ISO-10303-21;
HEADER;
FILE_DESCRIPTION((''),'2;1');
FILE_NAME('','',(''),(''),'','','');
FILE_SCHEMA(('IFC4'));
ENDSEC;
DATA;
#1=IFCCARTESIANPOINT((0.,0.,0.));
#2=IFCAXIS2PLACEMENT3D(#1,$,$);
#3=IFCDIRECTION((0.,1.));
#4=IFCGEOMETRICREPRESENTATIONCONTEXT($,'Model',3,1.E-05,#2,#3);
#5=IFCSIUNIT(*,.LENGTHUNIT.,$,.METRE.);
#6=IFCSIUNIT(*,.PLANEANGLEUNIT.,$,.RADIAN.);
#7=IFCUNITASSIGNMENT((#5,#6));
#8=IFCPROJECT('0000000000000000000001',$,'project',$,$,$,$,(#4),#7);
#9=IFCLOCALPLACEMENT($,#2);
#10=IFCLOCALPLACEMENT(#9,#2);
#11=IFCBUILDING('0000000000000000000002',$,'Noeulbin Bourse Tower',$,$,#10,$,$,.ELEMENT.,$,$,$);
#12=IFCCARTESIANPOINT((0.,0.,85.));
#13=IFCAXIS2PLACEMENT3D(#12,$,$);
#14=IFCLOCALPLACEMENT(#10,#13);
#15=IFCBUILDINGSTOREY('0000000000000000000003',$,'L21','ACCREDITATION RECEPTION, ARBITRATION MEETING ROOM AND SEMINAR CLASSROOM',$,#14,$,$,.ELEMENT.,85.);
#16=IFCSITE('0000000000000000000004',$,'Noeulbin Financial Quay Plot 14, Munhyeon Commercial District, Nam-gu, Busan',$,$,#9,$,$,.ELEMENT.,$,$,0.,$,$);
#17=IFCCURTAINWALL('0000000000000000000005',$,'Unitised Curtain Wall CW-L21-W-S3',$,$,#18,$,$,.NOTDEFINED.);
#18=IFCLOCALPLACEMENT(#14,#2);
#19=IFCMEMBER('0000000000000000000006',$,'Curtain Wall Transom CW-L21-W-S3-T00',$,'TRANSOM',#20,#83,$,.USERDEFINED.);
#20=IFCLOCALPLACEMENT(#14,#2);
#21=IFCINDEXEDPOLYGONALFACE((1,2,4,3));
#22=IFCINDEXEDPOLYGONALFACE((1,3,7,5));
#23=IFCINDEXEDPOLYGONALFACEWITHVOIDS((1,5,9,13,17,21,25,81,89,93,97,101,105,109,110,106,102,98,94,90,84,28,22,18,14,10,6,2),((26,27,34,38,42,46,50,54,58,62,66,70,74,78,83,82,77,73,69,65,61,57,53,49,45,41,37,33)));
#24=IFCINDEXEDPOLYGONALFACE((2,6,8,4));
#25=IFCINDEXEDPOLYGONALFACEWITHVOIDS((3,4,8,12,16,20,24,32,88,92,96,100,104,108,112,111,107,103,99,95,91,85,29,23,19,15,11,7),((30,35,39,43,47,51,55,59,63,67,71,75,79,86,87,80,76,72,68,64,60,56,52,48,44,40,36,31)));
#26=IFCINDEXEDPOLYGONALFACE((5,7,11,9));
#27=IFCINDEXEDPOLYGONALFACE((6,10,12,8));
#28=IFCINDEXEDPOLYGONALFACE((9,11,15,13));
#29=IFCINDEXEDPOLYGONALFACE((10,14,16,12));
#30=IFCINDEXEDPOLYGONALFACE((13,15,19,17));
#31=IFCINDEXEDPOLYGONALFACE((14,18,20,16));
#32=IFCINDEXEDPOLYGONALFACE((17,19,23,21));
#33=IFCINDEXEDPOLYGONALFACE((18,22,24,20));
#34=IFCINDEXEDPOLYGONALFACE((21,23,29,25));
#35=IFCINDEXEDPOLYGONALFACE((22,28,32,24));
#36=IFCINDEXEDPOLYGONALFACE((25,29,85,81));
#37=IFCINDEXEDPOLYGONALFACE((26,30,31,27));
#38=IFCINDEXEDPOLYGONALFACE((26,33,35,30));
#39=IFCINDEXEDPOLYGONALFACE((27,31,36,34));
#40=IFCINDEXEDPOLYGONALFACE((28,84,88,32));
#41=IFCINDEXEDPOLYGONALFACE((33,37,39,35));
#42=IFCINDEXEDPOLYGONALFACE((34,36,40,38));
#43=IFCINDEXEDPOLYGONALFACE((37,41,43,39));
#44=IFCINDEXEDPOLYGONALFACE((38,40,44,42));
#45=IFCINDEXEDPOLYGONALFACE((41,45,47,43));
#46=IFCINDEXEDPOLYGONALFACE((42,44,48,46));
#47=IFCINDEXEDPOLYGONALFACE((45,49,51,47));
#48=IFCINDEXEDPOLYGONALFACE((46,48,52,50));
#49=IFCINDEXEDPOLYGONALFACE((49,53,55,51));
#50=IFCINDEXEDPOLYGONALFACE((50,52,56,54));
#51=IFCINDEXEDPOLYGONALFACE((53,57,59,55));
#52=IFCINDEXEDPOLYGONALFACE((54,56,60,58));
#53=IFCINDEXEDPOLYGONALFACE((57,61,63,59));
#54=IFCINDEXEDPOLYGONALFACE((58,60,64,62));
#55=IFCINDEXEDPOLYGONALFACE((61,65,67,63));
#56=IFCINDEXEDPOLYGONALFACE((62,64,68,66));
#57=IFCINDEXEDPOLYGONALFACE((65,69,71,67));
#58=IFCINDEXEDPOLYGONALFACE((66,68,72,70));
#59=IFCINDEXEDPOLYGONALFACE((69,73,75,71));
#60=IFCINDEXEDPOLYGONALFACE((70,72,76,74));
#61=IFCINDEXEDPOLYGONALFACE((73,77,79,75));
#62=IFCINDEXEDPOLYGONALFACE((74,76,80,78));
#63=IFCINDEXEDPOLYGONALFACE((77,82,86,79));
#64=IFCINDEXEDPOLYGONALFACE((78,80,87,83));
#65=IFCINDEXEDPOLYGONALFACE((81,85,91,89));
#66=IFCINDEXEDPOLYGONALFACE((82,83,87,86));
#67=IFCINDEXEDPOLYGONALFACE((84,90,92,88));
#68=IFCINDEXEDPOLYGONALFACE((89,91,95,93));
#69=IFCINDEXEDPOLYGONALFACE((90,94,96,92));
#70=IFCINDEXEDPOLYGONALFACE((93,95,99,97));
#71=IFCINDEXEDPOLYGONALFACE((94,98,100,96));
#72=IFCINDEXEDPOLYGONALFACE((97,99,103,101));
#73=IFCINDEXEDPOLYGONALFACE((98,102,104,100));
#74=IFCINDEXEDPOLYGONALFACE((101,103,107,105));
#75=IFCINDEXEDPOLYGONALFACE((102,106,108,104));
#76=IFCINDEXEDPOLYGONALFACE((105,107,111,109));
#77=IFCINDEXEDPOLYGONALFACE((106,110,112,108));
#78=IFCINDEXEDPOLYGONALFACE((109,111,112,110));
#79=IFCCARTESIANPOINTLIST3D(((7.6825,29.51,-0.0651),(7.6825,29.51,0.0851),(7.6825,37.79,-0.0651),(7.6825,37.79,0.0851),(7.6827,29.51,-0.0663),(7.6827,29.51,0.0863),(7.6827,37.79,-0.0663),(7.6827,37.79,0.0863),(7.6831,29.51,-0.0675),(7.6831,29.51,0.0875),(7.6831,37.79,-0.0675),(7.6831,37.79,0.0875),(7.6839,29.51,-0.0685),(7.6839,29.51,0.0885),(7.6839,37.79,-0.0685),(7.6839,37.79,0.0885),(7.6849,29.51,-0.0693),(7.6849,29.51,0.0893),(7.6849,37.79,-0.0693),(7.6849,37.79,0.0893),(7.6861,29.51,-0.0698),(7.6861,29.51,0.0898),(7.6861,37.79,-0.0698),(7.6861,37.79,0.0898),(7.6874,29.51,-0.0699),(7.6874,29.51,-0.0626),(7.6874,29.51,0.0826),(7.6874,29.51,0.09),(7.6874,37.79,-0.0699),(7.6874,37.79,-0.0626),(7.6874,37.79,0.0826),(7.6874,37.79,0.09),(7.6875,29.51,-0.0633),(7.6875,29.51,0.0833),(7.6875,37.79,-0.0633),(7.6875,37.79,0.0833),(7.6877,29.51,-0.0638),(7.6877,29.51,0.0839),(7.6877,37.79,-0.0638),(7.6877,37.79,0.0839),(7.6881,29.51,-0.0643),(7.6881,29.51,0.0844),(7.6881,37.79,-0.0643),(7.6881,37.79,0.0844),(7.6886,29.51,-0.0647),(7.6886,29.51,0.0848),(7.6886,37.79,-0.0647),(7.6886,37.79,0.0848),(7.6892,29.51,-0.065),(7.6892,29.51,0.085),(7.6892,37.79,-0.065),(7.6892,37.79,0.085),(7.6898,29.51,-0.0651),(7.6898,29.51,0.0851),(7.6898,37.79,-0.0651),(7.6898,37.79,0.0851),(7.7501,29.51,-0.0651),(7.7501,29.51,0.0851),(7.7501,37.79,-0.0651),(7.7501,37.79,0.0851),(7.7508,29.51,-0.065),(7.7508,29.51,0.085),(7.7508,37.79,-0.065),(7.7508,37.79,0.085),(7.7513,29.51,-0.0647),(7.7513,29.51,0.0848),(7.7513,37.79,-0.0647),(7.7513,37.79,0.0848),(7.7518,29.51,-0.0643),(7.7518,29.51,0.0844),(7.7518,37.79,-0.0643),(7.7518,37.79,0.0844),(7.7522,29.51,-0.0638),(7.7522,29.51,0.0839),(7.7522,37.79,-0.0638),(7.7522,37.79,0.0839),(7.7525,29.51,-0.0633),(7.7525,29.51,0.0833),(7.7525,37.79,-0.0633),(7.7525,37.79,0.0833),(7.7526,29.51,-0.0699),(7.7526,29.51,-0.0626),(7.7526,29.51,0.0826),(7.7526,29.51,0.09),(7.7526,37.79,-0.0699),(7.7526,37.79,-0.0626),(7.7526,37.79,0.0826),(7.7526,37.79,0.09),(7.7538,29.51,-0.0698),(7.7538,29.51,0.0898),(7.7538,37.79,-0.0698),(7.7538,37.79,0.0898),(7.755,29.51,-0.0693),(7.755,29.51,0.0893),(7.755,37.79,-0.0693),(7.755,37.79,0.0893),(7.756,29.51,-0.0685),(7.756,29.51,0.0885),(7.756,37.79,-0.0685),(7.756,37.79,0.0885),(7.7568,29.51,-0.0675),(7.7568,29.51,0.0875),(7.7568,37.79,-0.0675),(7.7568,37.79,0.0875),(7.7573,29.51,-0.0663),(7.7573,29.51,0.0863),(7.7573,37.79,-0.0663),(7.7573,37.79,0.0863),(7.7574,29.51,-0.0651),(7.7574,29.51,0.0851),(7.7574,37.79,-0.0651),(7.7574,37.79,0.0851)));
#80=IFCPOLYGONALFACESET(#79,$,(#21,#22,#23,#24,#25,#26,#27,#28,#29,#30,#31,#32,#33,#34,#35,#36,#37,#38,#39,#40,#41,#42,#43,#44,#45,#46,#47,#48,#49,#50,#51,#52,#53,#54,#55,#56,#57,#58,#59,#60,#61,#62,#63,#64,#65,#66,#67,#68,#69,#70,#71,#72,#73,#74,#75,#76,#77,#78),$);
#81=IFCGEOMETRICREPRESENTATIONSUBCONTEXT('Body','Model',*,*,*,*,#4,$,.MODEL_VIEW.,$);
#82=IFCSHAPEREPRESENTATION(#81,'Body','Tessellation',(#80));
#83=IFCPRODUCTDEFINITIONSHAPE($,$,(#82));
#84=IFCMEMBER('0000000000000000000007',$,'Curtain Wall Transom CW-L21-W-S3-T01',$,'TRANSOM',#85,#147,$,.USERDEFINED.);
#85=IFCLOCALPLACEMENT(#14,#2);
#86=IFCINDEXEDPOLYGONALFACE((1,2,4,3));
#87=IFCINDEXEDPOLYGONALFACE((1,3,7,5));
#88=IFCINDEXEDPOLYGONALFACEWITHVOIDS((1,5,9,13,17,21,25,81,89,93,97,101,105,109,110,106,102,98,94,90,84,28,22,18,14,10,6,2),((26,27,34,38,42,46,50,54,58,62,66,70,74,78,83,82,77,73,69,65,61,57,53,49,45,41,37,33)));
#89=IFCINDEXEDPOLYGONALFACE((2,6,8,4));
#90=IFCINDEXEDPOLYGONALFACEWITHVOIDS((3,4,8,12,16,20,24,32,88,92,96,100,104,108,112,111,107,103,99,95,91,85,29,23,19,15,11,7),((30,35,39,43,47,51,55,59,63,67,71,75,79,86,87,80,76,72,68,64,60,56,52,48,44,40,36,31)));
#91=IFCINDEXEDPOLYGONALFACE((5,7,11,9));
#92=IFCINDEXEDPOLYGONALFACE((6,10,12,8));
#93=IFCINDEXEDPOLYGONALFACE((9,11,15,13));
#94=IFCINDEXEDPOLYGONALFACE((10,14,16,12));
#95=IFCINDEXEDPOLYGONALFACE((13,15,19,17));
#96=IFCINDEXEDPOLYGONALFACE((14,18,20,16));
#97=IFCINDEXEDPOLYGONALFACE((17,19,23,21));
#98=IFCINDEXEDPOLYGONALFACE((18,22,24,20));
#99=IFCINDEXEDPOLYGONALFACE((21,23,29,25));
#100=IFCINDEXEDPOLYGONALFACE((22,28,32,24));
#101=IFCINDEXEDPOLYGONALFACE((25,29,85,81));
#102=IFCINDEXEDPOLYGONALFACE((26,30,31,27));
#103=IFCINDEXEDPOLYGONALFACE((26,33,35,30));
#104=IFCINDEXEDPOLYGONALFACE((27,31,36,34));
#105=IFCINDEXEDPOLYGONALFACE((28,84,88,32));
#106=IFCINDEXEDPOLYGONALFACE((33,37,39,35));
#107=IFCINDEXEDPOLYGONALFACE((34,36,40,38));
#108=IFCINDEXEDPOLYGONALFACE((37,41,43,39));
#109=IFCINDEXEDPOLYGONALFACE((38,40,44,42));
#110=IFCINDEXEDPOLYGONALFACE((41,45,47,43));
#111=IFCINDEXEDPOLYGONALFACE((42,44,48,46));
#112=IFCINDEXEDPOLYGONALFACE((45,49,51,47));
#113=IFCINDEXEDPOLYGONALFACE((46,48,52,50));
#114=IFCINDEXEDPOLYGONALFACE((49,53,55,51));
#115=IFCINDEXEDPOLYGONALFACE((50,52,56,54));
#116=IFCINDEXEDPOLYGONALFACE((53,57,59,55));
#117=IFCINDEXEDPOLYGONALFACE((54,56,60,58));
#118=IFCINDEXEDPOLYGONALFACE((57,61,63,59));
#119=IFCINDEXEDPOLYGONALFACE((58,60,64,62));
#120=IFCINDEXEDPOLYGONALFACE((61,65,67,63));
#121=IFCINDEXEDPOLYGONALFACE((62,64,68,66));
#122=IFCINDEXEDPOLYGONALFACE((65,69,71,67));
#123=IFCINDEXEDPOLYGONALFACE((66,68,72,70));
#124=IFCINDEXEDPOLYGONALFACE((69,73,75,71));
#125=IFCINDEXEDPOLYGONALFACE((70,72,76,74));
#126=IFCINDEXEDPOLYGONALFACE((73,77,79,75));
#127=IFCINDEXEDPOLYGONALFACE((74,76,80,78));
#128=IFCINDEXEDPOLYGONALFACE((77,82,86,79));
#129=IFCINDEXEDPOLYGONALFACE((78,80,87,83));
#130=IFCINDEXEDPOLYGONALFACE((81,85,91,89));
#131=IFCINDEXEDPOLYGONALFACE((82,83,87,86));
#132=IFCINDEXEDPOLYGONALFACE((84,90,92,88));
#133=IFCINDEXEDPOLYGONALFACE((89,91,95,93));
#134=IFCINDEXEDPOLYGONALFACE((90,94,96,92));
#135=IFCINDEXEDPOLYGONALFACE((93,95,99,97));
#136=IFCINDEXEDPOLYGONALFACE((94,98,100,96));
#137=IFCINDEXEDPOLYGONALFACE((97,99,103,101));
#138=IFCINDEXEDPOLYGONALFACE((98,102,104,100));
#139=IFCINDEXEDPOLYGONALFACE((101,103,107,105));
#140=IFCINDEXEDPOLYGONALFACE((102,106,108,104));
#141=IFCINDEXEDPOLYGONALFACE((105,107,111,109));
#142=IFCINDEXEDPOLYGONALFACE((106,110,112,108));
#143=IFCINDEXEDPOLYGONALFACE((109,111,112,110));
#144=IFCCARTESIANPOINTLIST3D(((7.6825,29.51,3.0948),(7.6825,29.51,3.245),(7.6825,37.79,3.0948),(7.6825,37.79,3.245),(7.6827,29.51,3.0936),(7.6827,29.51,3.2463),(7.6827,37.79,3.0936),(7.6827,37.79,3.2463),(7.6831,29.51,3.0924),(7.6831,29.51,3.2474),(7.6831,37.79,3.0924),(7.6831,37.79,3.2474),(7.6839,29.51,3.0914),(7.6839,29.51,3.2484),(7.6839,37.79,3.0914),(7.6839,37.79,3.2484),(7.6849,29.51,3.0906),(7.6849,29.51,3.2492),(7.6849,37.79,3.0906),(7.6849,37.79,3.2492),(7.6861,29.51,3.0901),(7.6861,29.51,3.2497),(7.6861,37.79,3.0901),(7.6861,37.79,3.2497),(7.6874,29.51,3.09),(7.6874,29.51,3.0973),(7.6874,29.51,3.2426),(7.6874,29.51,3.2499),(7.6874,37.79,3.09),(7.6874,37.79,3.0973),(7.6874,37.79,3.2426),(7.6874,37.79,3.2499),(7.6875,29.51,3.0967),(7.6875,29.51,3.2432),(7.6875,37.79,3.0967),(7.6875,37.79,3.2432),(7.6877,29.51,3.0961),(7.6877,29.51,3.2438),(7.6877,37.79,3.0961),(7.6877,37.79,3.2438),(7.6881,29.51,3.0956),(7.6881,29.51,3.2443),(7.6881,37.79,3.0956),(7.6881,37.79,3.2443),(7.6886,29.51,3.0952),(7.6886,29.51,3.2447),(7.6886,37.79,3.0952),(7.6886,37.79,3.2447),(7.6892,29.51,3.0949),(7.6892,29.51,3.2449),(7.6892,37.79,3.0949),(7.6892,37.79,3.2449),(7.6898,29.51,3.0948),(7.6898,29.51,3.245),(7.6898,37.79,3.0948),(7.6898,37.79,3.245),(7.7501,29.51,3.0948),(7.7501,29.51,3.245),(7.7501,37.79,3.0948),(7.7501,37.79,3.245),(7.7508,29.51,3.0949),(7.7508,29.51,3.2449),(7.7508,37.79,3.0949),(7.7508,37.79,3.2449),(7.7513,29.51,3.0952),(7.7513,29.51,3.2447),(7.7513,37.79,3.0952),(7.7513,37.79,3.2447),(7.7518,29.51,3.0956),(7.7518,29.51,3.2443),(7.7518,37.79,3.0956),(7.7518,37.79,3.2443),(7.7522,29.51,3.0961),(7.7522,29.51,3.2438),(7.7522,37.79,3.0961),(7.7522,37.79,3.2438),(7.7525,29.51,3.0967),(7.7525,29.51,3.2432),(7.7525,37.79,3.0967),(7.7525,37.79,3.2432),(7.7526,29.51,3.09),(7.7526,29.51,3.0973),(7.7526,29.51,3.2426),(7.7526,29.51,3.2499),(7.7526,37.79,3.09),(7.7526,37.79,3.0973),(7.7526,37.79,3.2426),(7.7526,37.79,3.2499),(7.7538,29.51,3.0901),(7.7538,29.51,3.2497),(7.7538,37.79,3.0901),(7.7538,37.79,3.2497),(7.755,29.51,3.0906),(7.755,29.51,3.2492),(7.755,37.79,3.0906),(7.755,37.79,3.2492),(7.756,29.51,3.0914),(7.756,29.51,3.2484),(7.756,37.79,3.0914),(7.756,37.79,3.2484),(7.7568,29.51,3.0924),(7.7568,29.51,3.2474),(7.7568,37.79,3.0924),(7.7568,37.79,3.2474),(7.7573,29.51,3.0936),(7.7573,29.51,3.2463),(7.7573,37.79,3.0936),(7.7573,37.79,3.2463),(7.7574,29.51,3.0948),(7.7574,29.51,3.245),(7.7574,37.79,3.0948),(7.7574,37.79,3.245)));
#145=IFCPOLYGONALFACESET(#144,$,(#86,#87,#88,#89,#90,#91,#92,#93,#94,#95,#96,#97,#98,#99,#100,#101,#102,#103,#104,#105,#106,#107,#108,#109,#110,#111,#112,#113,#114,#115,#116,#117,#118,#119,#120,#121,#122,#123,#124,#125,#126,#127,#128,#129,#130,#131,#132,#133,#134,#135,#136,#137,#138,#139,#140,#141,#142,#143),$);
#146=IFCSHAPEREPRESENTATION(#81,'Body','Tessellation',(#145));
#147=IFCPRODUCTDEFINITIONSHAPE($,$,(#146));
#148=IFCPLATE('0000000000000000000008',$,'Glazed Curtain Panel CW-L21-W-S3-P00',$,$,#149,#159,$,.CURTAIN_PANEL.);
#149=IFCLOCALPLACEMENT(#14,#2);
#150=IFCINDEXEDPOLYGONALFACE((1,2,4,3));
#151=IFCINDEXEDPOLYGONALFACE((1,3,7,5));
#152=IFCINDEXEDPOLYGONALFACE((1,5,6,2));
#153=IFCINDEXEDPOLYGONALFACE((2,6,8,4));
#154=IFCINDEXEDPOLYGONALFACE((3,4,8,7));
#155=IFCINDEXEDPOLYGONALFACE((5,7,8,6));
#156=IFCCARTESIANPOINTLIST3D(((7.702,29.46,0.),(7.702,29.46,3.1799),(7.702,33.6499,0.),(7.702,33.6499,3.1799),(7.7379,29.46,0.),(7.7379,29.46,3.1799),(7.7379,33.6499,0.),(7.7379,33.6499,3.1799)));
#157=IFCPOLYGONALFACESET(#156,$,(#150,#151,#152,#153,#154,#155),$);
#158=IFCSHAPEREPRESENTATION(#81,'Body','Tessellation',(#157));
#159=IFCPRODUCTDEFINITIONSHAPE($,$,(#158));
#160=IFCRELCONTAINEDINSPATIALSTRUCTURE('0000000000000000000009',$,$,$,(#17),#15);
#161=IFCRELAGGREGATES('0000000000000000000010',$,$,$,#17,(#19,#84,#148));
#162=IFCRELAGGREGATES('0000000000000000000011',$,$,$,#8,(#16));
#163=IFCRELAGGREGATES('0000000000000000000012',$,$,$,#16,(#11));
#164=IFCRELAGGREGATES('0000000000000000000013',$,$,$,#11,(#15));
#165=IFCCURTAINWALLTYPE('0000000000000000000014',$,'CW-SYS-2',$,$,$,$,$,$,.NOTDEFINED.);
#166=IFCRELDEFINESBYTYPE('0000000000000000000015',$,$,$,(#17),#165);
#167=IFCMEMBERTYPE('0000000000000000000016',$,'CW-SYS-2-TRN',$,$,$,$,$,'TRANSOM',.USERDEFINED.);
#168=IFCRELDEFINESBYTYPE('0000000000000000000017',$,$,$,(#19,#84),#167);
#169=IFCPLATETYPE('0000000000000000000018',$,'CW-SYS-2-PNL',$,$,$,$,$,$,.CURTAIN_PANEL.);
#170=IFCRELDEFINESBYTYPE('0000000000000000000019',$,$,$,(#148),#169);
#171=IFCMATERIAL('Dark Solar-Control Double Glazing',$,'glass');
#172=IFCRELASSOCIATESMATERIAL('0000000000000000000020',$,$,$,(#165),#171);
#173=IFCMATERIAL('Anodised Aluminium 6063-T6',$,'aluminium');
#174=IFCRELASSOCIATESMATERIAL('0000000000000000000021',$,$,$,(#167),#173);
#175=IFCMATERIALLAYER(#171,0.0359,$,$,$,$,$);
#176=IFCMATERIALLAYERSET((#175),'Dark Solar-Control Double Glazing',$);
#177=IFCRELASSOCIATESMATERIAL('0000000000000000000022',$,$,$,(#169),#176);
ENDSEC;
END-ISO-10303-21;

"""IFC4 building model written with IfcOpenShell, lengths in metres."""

from ifc_helpers import new_model, si_unit, direction, frame, origin, origin_2d, place, context, subcontext, project, spatial, rectangle, hollow_rectangle, extrude, material, layer, layer_set, material_profile, profile_set, type_object, element, aggregate, save


model = new_model("IFC4")

# Units and contexts
model_context = context("Model", 3, precision=1e-05, world=origin(), true_north=direction((0.0, 1.0)))
body_context = subcontext(model_context, "Body", "Model", "MODEL_VIEW")
ifc_project = project(units=[si_unit("LENGTHUNIT", "METRE"), si_unit("PLANEANGLEUNIT", "RADIAN")], contexts=[model_context])

# Site, building, storey
site_placement = place(None, origin())
site = spatial("IfcSite", under=ifc_project, at=site_placement, Name="Noeulbin Financial Quay Plot 14, Munhyeon Commercial District, Nam-gu, Busan", CompositionType="ELEMENT", RefElevation=0.0)
building_placement = place(site_placement, origin())
building = spatial("IfcBuilding", under=site, at=building_placement, Name="Noeulbin Bourse Tower", CompositionType="ELEMENT")
storey_placement = place(building_placement, frame((0.0, 0.0, 85.0)))
storey = spatial("IfcBuildingStorey", under=building, at=storey_placement, Name="L21", Description="ACCREDITATION RECEPTION, ARBITRATION MEETING ROOM AND SEMINAR CLASSROOM", CompositionType="ELEMENT", Elevation=85.0)

# Curtain wall, members, plate
ifc_material_1 = material(Name="Dark Solar-Control Double Glazing", Category="glass")
curtain_wall_type = type_object("IfcCurtainWallType", Name="CW-SYS-2", PredefinedType="NOTDEFINED", material=ifc_material_1)
curtain_wall_placement = place(storey_placement, origin())
curtain_wall = element("IfcCurtainWall", 1, at=curtain_wall_placement, inside=storey, type_object=curtain_wall_type, Name="Unitised Curtain Wall CW-L21-W-S3", PredefinedType="NOTDEFINED")
ifc_material_2 = material(Name="Anodised Aluminium 6063-T6", Category="aluminium")
ifc_material_profile_1 = material_profile(ifc_material_2, hollow_rectangle(XDim=0.075, YDim=0.1599, WallThickness=0.0049, InnerFilletRadius=0.0024, OuterFilletRadius=0.0049, at=origin_2d()), Name="ALU-TRAN-75x160x5", Category="LoadBearing")
ifc_profile_set_1 = profile_set([ifc_material_profile_1], Name="Anodised Aluminium 6063-T6")
member_type_1 = type_object("IfcMemberType", Name="CW-SYS-2-TRN", ElementType="TRANSOM", PredefinedType="USERDEFINED", material=ifc_profile_set_1)
member_1_placement = place(storey_placement, frame((7.72, 29.51, 0.01), z_axis=(0.0, 1.0, 0.0), x_axis=(-1.0, 0.0, 0.0)))
member_1 = element("IfcMember", 2, at=member_1_placement, type_object=member_type_1, Name="Curtain Wall Transom CW-L21-W-S3-T00", ObjectType="TRANSOM", PredefinedType="USERDEFINED", context=body_context, shape_type="SweptSolid", body=[
    extrude(hollow_rectangle(XDim=0.075, YDim=0.1599, WallThickness=0.0049, InnerFilletRadius=0.0024, OuterFilletRadius=0.0049, at=origin_2d()), origin(), (0.0, 0.0, 1.0), 8.28),
])
member_2_placement = place(storey_placement, frame((7.72, 29.51, 3.1699), z_axis=(0.0, 1.0, 0.0), x_axis=(-1.0, 0.0, 0.0)))
member_2 = element("IfcMember", 3, at=member_2_placement, type_object=member_type_1, Name="Curtain Wall Transom CW-L21-W-S3-T01", ObjectType="TRANSOM", PredefinedType="USERDEFINED", context=body_context, shape_type="SweptSolid", body=[
    extrude(hollow_rectangle(XDim=0.075, YDim=0.1599, WallThickness=0.0049, InnerFilletRadius=0.0024, OuterFilletRadius=0.0049, at=origin_2d()), origin(), (0.0, 0.0, 1.0), 8.28),
])
ifc_layer_1 = layer(ifc_material_1, 0.0359)
ifc_layer_set_1 = layer_set([ifc_layer_1], Name="Dark Solar-Control Double Glazing")
plate_type = type_object("IfcPlateType", Name="CW-SYS-2-PNL", PredefinedType="CURTAIN_PANEL", material=ifc_layer_set_1)
plate_placement = place(storey_placement, frame((7.72, 31.5549, 0.0), z_axis=(0.0, 0.0, 1.0), x_axis=(0.0, 1.0, 0.0)))
plate = element("IfcPlate", 4, at=plate_placement, type_object=plate_type, Name="Glazed Curtain Panel CW-L21-W-S3-P00", PredefinedType="CURTAIN_PANEL", context=body_context, shape_type="SweptSolid", body=[
    extrude(rectangle(XDim=4.1899, YDim=0.0359, at=origin_2d()), origin(), (0.0, 0.0, 1.0), 3.1799),
])
aggregate(curtain_wall, [member_1, member_2, plate])

save(model, "model.ifc")
